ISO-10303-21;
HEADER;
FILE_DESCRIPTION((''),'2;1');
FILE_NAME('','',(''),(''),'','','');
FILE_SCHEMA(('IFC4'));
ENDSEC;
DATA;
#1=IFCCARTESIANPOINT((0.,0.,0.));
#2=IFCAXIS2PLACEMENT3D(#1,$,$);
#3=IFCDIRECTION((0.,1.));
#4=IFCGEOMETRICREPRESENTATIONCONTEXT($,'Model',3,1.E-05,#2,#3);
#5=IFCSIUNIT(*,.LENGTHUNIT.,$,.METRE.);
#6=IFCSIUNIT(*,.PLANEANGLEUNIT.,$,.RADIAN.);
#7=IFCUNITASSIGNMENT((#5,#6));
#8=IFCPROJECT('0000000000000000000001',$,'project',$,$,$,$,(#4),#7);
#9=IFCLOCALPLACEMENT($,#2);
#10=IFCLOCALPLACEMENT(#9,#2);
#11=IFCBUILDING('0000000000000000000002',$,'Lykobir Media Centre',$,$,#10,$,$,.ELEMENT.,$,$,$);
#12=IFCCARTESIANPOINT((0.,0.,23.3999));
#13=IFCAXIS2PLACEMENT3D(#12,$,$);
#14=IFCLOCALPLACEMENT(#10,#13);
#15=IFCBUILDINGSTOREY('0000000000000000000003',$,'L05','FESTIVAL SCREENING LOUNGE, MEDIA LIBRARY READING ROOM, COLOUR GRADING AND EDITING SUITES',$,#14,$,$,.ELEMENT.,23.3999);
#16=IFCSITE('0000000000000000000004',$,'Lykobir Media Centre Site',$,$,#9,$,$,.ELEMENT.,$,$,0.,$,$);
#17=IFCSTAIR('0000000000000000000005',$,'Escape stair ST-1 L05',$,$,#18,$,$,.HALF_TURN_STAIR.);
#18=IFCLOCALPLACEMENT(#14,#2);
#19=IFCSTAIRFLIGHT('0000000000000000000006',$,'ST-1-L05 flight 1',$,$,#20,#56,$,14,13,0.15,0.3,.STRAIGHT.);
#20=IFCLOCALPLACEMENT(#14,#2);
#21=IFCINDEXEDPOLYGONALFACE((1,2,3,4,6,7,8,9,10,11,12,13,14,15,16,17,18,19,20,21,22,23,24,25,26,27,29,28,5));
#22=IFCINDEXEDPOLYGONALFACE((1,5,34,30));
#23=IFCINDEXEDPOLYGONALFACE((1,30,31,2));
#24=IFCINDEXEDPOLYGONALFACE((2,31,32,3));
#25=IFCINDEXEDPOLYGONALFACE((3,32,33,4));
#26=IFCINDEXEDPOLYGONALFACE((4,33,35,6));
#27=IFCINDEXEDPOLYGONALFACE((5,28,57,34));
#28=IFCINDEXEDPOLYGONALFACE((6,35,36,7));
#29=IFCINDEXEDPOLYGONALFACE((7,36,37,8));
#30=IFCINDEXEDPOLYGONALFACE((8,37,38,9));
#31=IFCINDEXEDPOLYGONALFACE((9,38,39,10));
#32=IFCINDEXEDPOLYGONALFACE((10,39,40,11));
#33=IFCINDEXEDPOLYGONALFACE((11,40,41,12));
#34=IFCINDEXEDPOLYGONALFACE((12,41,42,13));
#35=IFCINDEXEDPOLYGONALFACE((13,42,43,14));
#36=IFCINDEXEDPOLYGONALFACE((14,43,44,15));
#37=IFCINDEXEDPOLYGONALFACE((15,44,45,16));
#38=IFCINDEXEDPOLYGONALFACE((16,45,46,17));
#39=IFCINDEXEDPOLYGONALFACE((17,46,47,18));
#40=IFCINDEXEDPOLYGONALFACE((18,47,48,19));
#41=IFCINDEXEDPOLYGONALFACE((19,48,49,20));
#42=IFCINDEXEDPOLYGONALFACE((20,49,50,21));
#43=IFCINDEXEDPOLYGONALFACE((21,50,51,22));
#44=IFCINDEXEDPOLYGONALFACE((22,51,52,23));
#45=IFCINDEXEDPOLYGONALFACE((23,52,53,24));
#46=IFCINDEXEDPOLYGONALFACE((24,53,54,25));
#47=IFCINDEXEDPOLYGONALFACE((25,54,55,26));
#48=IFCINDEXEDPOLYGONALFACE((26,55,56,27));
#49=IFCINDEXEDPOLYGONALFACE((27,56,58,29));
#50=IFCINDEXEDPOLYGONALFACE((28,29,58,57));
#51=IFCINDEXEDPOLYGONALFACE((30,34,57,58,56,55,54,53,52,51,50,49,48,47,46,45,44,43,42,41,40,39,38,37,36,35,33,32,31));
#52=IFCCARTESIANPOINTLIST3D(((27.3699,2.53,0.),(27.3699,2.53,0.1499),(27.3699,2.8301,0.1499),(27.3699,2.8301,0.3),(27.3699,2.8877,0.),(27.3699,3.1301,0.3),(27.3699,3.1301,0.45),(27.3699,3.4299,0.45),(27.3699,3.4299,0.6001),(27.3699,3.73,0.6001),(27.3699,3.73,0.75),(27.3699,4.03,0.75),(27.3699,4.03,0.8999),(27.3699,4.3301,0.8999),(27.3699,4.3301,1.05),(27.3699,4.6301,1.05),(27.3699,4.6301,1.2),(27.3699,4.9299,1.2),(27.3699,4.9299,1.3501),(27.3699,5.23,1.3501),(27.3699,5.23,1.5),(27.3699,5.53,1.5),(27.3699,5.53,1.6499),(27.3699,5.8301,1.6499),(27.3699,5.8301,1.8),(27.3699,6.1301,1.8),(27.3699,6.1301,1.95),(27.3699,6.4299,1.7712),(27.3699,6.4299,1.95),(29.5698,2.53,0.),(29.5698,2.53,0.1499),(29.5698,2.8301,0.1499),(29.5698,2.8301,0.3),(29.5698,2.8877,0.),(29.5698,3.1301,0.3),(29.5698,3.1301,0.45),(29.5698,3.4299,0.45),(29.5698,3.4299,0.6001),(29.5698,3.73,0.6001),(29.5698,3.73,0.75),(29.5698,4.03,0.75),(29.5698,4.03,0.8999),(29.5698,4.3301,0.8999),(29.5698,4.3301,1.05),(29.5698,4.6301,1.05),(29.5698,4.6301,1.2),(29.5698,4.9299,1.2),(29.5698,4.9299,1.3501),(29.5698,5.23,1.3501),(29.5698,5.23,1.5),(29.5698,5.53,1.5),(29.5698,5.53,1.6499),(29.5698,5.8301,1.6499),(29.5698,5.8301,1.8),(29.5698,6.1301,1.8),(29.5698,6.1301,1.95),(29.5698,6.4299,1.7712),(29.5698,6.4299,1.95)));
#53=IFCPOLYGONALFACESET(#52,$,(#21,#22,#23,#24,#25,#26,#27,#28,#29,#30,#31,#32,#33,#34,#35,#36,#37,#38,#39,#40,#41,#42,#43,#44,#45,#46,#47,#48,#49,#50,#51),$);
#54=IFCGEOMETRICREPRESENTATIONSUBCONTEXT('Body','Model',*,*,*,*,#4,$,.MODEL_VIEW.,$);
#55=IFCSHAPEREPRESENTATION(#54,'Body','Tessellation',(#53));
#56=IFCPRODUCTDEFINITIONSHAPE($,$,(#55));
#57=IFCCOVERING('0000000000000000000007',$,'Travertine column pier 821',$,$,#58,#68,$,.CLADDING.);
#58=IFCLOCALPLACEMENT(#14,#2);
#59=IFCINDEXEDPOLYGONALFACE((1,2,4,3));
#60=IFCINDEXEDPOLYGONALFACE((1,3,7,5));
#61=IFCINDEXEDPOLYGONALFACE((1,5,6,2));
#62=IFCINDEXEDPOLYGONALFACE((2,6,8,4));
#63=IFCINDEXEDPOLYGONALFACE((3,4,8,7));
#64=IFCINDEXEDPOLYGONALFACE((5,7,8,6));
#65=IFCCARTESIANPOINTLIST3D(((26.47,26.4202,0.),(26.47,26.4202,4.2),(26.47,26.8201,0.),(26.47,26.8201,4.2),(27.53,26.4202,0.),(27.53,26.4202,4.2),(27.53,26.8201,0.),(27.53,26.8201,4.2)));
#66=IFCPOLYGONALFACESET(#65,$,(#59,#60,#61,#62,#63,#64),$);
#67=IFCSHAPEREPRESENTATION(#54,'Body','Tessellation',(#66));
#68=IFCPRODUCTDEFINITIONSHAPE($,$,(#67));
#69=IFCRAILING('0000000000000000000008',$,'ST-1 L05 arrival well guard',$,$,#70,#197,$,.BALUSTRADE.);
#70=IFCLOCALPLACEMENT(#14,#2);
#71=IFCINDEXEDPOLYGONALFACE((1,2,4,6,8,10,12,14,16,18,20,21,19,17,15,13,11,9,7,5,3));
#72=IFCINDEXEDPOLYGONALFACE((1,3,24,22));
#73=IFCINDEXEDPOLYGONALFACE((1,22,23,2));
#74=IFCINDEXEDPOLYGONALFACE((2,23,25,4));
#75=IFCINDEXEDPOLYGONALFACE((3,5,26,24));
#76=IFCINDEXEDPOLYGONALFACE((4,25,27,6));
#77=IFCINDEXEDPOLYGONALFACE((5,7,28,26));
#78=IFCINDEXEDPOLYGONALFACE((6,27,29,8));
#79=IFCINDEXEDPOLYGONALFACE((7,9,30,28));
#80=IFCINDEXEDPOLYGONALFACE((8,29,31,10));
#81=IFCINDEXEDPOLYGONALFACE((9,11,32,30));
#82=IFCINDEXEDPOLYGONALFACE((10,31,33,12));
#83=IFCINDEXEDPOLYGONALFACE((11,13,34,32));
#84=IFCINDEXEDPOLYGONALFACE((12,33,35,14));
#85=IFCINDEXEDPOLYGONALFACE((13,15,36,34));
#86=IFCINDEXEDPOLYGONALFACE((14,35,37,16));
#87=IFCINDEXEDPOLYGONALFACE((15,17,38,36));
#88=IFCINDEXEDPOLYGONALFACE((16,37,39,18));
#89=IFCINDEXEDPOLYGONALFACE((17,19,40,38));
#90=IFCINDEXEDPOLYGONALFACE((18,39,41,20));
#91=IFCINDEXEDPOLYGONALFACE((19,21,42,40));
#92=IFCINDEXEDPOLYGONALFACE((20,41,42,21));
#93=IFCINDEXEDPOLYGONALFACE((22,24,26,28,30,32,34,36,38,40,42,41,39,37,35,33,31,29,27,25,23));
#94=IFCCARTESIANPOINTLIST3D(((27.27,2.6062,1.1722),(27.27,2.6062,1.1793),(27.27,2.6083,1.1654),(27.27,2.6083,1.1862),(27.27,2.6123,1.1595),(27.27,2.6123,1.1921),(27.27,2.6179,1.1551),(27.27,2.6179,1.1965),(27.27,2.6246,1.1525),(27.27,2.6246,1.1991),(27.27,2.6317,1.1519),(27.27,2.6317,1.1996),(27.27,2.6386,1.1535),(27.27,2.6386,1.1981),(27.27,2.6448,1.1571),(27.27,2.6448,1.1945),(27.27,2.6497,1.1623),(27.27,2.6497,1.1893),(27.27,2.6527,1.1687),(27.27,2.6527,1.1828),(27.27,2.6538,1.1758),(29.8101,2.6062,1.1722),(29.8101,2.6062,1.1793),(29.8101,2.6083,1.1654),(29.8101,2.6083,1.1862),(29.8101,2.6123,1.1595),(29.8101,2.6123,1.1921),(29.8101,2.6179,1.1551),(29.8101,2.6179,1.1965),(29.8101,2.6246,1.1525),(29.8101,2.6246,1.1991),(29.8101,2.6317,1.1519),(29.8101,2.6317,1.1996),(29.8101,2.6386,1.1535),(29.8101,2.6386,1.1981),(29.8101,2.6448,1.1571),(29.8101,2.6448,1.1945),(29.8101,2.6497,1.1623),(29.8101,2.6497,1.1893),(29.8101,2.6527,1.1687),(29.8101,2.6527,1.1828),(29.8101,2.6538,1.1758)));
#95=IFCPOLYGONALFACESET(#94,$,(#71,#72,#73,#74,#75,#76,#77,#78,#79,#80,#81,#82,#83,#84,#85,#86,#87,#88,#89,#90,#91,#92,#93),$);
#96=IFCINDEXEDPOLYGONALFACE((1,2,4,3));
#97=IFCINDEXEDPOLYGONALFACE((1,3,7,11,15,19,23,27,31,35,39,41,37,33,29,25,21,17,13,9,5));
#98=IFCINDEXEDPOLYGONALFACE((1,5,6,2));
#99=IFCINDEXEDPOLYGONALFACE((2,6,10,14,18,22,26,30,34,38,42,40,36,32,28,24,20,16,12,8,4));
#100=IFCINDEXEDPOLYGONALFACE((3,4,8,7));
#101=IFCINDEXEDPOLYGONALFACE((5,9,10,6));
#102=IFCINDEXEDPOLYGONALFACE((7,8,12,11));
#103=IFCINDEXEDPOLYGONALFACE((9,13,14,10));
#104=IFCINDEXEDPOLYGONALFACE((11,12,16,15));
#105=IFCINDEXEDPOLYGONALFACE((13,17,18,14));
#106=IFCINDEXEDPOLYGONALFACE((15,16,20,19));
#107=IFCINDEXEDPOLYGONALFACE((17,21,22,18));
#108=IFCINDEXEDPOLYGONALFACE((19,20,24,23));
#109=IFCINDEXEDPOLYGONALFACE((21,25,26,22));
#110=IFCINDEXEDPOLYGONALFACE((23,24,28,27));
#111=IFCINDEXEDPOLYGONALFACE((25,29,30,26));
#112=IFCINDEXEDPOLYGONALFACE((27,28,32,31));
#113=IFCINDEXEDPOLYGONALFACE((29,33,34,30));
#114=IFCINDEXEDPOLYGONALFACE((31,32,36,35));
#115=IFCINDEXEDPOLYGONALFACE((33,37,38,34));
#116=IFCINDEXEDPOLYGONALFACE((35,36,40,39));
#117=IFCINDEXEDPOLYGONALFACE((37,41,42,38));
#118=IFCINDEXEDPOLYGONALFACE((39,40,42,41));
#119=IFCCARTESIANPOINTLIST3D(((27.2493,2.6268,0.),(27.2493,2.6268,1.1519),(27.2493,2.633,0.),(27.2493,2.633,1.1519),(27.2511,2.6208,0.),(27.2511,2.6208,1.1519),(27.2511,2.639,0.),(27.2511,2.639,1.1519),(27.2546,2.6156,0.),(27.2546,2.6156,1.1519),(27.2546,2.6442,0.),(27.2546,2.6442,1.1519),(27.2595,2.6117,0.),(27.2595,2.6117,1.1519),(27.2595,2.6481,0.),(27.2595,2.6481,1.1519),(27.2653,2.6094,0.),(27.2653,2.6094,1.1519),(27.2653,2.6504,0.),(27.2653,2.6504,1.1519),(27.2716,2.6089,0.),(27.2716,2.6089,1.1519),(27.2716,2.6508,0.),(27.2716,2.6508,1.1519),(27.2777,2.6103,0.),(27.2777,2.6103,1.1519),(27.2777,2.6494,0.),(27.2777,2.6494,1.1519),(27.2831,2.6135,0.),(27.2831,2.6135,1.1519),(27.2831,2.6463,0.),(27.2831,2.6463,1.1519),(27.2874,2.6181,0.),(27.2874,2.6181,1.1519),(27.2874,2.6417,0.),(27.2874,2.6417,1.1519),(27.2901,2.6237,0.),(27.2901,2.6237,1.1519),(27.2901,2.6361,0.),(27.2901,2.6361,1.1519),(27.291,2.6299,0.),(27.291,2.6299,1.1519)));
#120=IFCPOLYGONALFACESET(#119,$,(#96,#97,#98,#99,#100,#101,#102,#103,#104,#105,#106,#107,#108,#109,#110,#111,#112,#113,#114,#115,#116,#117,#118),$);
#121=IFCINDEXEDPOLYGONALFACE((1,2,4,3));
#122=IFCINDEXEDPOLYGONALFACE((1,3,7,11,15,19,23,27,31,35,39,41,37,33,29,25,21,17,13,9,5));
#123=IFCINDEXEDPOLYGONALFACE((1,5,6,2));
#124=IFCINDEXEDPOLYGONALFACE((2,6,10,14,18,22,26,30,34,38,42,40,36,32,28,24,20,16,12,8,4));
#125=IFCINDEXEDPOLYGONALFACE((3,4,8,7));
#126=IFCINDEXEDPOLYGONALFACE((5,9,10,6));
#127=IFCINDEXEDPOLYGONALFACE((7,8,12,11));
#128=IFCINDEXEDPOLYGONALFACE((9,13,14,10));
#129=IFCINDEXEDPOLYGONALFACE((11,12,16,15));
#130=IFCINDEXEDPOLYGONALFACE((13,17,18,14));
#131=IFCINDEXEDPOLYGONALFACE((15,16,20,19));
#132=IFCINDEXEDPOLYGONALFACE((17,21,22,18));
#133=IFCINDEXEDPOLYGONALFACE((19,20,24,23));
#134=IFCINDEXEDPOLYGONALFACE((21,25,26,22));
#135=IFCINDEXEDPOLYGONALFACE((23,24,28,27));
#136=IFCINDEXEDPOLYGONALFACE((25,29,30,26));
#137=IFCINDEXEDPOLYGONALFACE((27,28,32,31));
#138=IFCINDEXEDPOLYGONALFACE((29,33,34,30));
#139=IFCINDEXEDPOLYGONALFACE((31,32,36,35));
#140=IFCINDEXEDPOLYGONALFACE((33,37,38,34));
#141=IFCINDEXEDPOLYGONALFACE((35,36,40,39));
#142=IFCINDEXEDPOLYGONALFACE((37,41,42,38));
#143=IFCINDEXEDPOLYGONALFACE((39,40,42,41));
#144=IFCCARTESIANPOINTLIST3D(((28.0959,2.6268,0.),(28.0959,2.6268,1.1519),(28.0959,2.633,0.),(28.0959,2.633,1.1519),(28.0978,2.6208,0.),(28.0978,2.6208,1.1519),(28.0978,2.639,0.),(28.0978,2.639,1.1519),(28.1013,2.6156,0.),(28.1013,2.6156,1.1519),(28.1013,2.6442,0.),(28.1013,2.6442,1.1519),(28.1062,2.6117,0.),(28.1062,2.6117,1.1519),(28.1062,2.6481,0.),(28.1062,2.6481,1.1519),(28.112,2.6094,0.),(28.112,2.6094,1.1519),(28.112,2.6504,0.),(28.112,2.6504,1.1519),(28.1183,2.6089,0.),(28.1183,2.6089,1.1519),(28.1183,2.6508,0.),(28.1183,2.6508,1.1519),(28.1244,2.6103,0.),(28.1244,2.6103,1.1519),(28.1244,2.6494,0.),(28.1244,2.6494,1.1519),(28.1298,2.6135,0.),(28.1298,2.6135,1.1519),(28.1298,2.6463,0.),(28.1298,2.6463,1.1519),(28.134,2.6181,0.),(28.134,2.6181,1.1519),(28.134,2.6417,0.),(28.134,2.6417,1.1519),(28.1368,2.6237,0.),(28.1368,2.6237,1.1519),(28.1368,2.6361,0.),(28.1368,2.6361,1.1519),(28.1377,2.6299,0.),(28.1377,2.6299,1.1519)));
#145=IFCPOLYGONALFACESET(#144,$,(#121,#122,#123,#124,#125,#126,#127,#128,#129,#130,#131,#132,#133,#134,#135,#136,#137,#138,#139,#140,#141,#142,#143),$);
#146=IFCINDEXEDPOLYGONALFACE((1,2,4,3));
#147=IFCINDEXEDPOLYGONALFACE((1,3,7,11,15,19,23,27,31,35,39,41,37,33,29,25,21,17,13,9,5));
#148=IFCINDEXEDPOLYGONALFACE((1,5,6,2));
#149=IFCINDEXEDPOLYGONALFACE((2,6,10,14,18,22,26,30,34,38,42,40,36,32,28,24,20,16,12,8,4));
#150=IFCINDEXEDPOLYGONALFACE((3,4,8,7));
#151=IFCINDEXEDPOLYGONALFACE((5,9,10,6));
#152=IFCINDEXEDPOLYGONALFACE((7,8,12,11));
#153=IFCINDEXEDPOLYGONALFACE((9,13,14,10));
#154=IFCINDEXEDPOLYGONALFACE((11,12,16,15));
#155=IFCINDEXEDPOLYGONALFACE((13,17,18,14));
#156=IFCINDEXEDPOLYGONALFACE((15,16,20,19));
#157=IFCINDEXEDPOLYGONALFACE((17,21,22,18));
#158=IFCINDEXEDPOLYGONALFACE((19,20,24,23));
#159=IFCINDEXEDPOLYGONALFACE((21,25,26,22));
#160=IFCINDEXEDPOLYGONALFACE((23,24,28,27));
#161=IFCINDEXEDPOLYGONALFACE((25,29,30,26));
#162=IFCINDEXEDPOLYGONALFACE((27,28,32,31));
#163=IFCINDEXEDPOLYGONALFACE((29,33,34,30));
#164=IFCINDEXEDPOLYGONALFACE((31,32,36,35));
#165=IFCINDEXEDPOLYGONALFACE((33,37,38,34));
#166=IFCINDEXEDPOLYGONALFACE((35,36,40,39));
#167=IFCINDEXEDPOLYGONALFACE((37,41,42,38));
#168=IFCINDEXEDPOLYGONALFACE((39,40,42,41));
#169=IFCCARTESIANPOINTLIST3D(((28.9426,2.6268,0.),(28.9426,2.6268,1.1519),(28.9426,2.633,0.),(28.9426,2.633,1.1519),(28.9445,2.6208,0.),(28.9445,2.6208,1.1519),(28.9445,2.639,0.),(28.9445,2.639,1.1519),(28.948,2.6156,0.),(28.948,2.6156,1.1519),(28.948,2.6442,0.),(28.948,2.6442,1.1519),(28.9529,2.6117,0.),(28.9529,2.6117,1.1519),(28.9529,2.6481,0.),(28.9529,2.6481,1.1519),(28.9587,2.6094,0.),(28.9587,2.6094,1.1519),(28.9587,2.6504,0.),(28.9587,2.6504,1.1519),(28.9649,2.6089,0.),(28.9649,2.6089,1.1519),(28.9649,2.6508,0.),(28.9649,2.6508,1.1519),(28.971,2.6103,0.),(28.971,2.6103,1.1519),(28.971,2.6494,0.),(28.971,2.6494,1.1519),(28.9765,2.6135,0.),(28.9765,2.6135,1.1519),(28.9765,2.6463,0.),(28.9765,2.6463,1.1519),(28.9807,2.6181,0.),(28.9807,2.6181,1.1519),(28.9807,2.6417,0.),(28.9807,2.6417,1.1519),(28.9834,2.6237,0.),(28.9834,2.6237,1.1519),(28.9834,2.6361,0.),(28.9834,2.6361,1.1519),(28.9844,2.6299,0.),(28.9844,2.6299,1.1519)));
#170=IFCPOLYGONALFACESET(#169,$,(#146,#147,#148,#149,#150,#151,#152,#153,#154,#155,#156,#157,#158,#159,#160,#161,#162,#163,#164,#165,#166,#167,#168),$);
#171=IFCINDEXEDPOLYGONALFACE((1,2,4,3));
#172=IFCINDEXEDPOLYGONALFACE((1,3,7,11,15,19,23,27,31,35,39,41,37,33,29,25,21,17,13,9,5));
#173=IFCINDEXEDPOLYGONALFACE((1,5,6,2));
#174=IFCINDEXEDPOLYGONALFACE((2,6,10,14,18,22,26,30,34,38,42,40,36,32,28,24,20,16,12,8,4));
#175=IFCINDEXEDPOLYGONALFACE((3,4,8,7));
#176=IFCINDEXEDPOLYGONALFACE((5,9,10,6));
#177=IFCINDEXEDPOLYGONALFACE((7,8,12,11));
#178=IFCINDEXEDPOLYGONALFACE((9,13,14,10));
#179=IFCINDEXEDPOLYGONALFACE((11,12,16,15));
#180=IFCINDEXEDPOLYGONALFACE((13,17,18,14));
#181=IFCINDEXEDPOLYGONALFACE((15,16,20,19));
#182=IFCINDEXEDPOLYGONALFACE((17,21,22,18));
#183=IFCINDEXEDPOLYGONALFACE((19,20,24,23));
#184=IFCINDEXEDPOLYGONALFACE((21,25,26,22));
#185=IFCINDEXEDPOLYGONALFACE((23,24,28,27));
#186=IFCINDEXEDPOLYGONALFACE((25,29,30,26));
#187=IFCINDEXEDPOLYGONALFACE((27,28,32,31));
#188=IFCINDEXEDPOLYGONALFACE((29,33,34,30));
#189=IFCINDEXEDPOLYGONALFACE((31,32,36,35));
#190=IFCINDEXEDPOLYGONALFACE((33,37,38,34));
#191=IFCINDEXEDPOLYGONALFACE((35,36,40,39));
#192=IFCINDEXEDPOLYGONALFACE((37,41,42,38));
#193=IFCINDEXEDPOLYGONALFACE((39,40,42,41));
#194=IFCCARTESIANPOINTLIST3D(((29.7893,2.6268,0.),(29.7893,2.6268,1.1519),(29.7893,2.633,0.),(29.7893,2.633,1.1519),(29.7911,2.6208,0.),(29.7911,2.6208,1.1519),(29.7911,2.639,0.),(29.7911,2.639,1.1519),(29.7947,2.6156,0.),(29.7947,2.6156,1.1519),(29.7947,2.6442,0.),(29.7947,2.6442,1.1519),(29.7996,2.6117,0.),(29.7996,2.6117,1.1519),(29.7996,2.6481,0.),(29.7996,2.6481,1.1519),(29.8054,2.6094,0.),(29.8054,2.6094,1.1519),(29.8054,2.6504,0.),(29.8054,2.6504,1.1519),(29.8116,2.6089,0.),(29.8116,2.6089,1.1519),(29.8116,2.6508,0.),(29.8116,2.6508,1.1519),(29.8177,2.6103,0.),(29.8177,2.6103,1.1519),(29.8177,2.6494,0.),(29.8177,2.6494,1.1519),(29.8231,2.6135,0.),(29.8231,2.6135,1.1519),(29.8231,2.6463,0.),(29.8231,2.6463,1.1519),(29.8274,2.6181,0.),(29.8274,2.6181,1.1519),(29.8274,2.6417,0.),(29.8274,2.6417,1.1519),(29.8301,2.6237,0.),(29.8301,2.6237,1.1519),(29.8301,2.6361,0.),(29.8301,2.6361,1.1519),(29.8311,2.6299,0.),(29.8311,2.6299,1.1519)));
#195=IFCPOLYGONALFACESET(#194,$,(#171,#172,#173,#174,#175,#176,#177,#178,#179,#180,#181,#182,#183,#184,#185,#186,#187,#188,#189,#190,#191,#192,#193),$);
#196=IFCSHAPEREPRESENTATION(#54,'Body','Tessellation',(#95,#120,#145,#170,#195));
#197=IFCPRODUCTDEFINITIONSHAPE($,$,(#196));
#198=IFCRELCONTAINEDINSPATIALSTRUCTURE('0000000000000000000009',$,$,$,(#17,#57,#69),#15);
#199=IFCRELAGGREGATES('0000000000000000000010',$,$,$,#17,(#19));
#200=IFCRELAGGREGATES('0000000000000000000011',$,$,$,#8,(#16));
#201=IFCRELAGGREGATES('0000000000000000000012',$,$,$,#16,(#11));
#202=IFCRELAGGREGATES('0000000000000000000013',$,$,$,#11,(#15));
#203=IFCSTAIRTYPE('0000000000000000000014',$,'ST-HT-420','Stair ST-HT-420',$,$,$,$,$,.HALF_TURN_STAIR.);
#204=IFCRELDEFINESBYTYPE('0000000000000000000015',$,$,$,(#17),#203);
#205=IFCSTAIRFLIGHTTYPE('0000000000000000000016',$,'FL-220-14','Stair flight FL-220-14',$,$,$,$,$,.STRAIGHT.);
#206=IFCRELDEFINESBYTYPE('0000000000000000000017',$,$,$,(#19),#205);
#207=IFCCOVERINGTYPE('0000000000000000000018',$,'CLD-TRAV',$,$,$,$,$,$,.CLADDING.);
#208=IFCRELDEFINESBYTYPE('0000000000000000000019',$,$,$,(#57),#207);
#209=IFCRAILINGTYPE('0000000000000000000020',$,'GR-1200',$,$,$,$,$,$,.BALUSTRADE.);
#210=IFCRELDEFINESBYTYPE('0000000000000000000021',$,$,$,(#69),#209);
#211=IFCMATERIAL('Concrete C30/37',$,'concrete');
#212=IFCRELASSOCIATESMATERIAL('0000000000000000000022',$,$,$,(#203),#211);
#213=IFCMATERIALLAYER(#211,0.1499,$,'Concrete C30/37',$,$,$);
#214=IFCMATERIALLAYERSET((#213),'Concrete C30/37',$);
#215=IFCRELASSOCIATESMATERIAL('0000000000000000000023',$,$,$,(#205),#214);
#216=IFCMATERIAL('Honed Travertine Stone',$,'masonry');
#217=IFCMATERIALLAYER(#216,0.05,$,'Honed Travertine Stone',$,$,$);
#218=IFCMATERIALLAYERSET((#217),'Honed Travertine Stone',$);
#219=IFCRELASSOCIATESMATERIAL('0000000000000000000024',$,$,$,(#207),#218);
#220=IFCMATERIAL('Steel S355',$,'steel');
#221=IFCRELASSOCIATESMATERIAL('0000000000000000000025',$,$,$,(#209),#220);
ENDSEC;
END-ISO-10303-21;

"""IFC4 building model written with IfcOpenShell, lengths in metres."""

from ifc_helpers import new_model, si_unit, direction, frame, origin, origin_2d, place, context, subcontext, project, spatial, polyline, rectangle, circle, outline, extrude, material, layer, layer_set, type_object, element, aggregate, save


model = new_model("IFC4")

# Units and contexts
model_context = context("Model", 3, precision=1e-05, world=origin(), true_north=direction((0.0, 1.0)))
body_context = subcontext(model_context, "Body", "Model", "MODEL_VIEW")
ifc_project = project(units=[si_unit("LENGTHUNIT", "METRE"), si_unit("PLANEANGLEUNIT", "RADIAN")], contexts=[model_context])

# Site, building, storey
site_placement = place(None, origin())
site = spatial("IfcSite", under=ifc_project, at=site_placement, Name="Lykobir Media Centre Site", CompositionType="ELEMENT", RefElevation=0.0)
building_placement = place(site_placement, origin())
building = spatial("IfcBuilding", under=site, at=building_placement, Name="Lykobir Media Centre", CompositionType="ELEMENT")
storey_placement = place(building_placement, frame((0.0, 0.0, 23.3999)))
storey = spatial("IfcBuildingStorey", under=building, at=storey_placement, Name="L05", Description="FESTIVAL SCREENING LOUNGE, MEDIA LIBRARY READING ROOM, COLOUR GRADING AND EDITING SUITES", CompositionType="ELEMENT", Elevation=23.3999)

# Shared definitions
ifc_material_1 = material(Name="Steel S355", Category="steel")

# Stair, stair flight
ifc_material_2 = material(Name="Concrete C30/37", Category="concrete")
stair_type = type_object("IfcStairType", Name="ST-HT-420", Description="Stair ST-HT-420", PredefinedType="HALF_TURN_STAIR", material=ifc_material_2)
stair_placement = place(storey_placement, origin())
stair = element("IfcStair", 1, at=stair_placement, inside=storey, type_object=stair_type, Name="Escape stair ST-1 L05", PredefinedType="HALF_TURN_STAIR")
ifc_layer_1 = layer(ifc_material_2, 0.1499, Name="Concrete C30/37")
ifc_layer_set_1 = layer_set([ifc_layer_1], Name="Concrete C30/37")
stair_flight_type = type_object("IfcStairFlightType", Name="FL-220-14", Description="Stair flight FL-220-14", PredefinedType="STRAIGHT", material=ifc_layer_set_1)
stair_flight_placement = place(storey_placement, frame((28.47, 2.53, 0.0), z_axis=(0.0, 0.0, 1.0), x_axis=(0.0, 1.0, 0.0)))
stair_flight = element("IfcStairFlight", 2, at=stair_flight_placement, type_object=stair_flight_type, Name="ST-1-L05 flight 1", NumberOfRisers=14, NumberOfTreads=13, PredefinedType="STRAIGHT", RiserHeight=0.15, TreadLength=0.3, context=body_context, shape_type="SweptSolid", body=[
    extrude(outline(polyline([(0.0, 0.0), (0.0, 0.1499), (0.3, 0.1499), (0.3, 0.3), (0.6001, 0.3), (0.6001, 0.45), (0.8999, 0.45), (0.8999, 0.6001), (1.2, 0.6001), (1.2, 0.75), (1.5, 0.75), (1.5, 0.8999), (1.8, 0.8999), (1.8, 1.05), (2.1001, 1.05), (2.1001, 1.2), (2.3999, 1.2), (2.3999, 1.3501), (2.7, 1.3501), (2.7, 1.5), (3.0, 1.5), (3.0, 1.6499), (3.3, 1.6499), (3.3, 1.8), (3.6001, 1.8), (3.6001, 1.95), (3.8999, 1.95), (3.8999, 2.1001), (3.8999, 1.7712), (0.3577, 0.0), (0.0, 0.0)])), frame((0.0, 1.1001, 0.0), z_axis=(0.0, -1.0, 0.0), x_axis=(1.0, 0.0, 0.0)), (0.0, 0.0, 1.0), 2.2),
])
aggregate(stair, [stair_flight])

# Covering
ifc_material_3 = material(Name="Honed Travertine Stone", Category="masonry")
ifc_layer_2 = layer(ifc_material_3, 0.05, Name="Honed Travertine Stone")
ifc_layer_set_2 = layer_set([ifc_layer_2], Name="Honed Travertine Stone")
covering_type = type_object("IfcCoveringType", Name="CLD-TRAV", PredefinedType="CLADDING", material=ifc_layer_set_2)
covering_placement = place(storey_placement, frame((27.0, 26.6201, 0.0), z_axis=(0.0, 0.0, 1.0), x_axis=(1.0, 0.0, 0.0)))
element("IfcCovering", 3, at=covering_placement, inside=storey, type_object=covering_type, Name="Travertine column pier 821", PredefinedType="CLADDING", context=body_context, shape_type="SweptSolid", body=[
    extrude(rectangle(XDim=1.0601, YDim=0.3999, at=origin_2d()), origin(), (0.0, 0.0, 1.0), 4.2),
])

# Railing
railing_type_1 = type_object("IfcRailingType", Name="GR-1200", PredefinedType="BALUSTRADE", material=ifc_material_1)
railing_1_placement = place(storey_placement, frame((27.27, 2.6299, 0.0)))
element("IfcRailing", 4, at=railing_1_placement, inside=storey, type_object=railing_type_1, Name="ST-1 L05 arrival well guard", PredefinedType="BALUSTRADE", context=body_context, shape_type="SweptSolid", body=[
    extrude(circle(Radius=0.0239, at=origin_2d()), frame((0.0, 0.0, 1.1758), z_axis=(1.0, 0.0, 0.0), x_axis=(0.0, 1.0, 0.0)), (0.0, 0.0, 1.0), 2.54),
    extrude(circle(Radius=0.021, at=origin_2d()), origin(), (0.0, 0.0, 1.0), 1.1519),
    extrude(circle(Radius=0.021, at=origin_2d()), frame((0.8467, 0.0, 0.0)), (0.0, 0.0, 1.0), 1.1519),
    extrude(circle(Radius=0.021, at=origin_2d()), frame((1.6934, 0.0, 0.0)), (0.0, 0.0, 1.0), 1.1519),
    extrude(circle(Radius=0.021, at=origin_2d()), frame((2.54, 0.0, 0.0)), (0.0, 0.0, 1.0), 1.1519),
])

save(model, "model.ifc")
